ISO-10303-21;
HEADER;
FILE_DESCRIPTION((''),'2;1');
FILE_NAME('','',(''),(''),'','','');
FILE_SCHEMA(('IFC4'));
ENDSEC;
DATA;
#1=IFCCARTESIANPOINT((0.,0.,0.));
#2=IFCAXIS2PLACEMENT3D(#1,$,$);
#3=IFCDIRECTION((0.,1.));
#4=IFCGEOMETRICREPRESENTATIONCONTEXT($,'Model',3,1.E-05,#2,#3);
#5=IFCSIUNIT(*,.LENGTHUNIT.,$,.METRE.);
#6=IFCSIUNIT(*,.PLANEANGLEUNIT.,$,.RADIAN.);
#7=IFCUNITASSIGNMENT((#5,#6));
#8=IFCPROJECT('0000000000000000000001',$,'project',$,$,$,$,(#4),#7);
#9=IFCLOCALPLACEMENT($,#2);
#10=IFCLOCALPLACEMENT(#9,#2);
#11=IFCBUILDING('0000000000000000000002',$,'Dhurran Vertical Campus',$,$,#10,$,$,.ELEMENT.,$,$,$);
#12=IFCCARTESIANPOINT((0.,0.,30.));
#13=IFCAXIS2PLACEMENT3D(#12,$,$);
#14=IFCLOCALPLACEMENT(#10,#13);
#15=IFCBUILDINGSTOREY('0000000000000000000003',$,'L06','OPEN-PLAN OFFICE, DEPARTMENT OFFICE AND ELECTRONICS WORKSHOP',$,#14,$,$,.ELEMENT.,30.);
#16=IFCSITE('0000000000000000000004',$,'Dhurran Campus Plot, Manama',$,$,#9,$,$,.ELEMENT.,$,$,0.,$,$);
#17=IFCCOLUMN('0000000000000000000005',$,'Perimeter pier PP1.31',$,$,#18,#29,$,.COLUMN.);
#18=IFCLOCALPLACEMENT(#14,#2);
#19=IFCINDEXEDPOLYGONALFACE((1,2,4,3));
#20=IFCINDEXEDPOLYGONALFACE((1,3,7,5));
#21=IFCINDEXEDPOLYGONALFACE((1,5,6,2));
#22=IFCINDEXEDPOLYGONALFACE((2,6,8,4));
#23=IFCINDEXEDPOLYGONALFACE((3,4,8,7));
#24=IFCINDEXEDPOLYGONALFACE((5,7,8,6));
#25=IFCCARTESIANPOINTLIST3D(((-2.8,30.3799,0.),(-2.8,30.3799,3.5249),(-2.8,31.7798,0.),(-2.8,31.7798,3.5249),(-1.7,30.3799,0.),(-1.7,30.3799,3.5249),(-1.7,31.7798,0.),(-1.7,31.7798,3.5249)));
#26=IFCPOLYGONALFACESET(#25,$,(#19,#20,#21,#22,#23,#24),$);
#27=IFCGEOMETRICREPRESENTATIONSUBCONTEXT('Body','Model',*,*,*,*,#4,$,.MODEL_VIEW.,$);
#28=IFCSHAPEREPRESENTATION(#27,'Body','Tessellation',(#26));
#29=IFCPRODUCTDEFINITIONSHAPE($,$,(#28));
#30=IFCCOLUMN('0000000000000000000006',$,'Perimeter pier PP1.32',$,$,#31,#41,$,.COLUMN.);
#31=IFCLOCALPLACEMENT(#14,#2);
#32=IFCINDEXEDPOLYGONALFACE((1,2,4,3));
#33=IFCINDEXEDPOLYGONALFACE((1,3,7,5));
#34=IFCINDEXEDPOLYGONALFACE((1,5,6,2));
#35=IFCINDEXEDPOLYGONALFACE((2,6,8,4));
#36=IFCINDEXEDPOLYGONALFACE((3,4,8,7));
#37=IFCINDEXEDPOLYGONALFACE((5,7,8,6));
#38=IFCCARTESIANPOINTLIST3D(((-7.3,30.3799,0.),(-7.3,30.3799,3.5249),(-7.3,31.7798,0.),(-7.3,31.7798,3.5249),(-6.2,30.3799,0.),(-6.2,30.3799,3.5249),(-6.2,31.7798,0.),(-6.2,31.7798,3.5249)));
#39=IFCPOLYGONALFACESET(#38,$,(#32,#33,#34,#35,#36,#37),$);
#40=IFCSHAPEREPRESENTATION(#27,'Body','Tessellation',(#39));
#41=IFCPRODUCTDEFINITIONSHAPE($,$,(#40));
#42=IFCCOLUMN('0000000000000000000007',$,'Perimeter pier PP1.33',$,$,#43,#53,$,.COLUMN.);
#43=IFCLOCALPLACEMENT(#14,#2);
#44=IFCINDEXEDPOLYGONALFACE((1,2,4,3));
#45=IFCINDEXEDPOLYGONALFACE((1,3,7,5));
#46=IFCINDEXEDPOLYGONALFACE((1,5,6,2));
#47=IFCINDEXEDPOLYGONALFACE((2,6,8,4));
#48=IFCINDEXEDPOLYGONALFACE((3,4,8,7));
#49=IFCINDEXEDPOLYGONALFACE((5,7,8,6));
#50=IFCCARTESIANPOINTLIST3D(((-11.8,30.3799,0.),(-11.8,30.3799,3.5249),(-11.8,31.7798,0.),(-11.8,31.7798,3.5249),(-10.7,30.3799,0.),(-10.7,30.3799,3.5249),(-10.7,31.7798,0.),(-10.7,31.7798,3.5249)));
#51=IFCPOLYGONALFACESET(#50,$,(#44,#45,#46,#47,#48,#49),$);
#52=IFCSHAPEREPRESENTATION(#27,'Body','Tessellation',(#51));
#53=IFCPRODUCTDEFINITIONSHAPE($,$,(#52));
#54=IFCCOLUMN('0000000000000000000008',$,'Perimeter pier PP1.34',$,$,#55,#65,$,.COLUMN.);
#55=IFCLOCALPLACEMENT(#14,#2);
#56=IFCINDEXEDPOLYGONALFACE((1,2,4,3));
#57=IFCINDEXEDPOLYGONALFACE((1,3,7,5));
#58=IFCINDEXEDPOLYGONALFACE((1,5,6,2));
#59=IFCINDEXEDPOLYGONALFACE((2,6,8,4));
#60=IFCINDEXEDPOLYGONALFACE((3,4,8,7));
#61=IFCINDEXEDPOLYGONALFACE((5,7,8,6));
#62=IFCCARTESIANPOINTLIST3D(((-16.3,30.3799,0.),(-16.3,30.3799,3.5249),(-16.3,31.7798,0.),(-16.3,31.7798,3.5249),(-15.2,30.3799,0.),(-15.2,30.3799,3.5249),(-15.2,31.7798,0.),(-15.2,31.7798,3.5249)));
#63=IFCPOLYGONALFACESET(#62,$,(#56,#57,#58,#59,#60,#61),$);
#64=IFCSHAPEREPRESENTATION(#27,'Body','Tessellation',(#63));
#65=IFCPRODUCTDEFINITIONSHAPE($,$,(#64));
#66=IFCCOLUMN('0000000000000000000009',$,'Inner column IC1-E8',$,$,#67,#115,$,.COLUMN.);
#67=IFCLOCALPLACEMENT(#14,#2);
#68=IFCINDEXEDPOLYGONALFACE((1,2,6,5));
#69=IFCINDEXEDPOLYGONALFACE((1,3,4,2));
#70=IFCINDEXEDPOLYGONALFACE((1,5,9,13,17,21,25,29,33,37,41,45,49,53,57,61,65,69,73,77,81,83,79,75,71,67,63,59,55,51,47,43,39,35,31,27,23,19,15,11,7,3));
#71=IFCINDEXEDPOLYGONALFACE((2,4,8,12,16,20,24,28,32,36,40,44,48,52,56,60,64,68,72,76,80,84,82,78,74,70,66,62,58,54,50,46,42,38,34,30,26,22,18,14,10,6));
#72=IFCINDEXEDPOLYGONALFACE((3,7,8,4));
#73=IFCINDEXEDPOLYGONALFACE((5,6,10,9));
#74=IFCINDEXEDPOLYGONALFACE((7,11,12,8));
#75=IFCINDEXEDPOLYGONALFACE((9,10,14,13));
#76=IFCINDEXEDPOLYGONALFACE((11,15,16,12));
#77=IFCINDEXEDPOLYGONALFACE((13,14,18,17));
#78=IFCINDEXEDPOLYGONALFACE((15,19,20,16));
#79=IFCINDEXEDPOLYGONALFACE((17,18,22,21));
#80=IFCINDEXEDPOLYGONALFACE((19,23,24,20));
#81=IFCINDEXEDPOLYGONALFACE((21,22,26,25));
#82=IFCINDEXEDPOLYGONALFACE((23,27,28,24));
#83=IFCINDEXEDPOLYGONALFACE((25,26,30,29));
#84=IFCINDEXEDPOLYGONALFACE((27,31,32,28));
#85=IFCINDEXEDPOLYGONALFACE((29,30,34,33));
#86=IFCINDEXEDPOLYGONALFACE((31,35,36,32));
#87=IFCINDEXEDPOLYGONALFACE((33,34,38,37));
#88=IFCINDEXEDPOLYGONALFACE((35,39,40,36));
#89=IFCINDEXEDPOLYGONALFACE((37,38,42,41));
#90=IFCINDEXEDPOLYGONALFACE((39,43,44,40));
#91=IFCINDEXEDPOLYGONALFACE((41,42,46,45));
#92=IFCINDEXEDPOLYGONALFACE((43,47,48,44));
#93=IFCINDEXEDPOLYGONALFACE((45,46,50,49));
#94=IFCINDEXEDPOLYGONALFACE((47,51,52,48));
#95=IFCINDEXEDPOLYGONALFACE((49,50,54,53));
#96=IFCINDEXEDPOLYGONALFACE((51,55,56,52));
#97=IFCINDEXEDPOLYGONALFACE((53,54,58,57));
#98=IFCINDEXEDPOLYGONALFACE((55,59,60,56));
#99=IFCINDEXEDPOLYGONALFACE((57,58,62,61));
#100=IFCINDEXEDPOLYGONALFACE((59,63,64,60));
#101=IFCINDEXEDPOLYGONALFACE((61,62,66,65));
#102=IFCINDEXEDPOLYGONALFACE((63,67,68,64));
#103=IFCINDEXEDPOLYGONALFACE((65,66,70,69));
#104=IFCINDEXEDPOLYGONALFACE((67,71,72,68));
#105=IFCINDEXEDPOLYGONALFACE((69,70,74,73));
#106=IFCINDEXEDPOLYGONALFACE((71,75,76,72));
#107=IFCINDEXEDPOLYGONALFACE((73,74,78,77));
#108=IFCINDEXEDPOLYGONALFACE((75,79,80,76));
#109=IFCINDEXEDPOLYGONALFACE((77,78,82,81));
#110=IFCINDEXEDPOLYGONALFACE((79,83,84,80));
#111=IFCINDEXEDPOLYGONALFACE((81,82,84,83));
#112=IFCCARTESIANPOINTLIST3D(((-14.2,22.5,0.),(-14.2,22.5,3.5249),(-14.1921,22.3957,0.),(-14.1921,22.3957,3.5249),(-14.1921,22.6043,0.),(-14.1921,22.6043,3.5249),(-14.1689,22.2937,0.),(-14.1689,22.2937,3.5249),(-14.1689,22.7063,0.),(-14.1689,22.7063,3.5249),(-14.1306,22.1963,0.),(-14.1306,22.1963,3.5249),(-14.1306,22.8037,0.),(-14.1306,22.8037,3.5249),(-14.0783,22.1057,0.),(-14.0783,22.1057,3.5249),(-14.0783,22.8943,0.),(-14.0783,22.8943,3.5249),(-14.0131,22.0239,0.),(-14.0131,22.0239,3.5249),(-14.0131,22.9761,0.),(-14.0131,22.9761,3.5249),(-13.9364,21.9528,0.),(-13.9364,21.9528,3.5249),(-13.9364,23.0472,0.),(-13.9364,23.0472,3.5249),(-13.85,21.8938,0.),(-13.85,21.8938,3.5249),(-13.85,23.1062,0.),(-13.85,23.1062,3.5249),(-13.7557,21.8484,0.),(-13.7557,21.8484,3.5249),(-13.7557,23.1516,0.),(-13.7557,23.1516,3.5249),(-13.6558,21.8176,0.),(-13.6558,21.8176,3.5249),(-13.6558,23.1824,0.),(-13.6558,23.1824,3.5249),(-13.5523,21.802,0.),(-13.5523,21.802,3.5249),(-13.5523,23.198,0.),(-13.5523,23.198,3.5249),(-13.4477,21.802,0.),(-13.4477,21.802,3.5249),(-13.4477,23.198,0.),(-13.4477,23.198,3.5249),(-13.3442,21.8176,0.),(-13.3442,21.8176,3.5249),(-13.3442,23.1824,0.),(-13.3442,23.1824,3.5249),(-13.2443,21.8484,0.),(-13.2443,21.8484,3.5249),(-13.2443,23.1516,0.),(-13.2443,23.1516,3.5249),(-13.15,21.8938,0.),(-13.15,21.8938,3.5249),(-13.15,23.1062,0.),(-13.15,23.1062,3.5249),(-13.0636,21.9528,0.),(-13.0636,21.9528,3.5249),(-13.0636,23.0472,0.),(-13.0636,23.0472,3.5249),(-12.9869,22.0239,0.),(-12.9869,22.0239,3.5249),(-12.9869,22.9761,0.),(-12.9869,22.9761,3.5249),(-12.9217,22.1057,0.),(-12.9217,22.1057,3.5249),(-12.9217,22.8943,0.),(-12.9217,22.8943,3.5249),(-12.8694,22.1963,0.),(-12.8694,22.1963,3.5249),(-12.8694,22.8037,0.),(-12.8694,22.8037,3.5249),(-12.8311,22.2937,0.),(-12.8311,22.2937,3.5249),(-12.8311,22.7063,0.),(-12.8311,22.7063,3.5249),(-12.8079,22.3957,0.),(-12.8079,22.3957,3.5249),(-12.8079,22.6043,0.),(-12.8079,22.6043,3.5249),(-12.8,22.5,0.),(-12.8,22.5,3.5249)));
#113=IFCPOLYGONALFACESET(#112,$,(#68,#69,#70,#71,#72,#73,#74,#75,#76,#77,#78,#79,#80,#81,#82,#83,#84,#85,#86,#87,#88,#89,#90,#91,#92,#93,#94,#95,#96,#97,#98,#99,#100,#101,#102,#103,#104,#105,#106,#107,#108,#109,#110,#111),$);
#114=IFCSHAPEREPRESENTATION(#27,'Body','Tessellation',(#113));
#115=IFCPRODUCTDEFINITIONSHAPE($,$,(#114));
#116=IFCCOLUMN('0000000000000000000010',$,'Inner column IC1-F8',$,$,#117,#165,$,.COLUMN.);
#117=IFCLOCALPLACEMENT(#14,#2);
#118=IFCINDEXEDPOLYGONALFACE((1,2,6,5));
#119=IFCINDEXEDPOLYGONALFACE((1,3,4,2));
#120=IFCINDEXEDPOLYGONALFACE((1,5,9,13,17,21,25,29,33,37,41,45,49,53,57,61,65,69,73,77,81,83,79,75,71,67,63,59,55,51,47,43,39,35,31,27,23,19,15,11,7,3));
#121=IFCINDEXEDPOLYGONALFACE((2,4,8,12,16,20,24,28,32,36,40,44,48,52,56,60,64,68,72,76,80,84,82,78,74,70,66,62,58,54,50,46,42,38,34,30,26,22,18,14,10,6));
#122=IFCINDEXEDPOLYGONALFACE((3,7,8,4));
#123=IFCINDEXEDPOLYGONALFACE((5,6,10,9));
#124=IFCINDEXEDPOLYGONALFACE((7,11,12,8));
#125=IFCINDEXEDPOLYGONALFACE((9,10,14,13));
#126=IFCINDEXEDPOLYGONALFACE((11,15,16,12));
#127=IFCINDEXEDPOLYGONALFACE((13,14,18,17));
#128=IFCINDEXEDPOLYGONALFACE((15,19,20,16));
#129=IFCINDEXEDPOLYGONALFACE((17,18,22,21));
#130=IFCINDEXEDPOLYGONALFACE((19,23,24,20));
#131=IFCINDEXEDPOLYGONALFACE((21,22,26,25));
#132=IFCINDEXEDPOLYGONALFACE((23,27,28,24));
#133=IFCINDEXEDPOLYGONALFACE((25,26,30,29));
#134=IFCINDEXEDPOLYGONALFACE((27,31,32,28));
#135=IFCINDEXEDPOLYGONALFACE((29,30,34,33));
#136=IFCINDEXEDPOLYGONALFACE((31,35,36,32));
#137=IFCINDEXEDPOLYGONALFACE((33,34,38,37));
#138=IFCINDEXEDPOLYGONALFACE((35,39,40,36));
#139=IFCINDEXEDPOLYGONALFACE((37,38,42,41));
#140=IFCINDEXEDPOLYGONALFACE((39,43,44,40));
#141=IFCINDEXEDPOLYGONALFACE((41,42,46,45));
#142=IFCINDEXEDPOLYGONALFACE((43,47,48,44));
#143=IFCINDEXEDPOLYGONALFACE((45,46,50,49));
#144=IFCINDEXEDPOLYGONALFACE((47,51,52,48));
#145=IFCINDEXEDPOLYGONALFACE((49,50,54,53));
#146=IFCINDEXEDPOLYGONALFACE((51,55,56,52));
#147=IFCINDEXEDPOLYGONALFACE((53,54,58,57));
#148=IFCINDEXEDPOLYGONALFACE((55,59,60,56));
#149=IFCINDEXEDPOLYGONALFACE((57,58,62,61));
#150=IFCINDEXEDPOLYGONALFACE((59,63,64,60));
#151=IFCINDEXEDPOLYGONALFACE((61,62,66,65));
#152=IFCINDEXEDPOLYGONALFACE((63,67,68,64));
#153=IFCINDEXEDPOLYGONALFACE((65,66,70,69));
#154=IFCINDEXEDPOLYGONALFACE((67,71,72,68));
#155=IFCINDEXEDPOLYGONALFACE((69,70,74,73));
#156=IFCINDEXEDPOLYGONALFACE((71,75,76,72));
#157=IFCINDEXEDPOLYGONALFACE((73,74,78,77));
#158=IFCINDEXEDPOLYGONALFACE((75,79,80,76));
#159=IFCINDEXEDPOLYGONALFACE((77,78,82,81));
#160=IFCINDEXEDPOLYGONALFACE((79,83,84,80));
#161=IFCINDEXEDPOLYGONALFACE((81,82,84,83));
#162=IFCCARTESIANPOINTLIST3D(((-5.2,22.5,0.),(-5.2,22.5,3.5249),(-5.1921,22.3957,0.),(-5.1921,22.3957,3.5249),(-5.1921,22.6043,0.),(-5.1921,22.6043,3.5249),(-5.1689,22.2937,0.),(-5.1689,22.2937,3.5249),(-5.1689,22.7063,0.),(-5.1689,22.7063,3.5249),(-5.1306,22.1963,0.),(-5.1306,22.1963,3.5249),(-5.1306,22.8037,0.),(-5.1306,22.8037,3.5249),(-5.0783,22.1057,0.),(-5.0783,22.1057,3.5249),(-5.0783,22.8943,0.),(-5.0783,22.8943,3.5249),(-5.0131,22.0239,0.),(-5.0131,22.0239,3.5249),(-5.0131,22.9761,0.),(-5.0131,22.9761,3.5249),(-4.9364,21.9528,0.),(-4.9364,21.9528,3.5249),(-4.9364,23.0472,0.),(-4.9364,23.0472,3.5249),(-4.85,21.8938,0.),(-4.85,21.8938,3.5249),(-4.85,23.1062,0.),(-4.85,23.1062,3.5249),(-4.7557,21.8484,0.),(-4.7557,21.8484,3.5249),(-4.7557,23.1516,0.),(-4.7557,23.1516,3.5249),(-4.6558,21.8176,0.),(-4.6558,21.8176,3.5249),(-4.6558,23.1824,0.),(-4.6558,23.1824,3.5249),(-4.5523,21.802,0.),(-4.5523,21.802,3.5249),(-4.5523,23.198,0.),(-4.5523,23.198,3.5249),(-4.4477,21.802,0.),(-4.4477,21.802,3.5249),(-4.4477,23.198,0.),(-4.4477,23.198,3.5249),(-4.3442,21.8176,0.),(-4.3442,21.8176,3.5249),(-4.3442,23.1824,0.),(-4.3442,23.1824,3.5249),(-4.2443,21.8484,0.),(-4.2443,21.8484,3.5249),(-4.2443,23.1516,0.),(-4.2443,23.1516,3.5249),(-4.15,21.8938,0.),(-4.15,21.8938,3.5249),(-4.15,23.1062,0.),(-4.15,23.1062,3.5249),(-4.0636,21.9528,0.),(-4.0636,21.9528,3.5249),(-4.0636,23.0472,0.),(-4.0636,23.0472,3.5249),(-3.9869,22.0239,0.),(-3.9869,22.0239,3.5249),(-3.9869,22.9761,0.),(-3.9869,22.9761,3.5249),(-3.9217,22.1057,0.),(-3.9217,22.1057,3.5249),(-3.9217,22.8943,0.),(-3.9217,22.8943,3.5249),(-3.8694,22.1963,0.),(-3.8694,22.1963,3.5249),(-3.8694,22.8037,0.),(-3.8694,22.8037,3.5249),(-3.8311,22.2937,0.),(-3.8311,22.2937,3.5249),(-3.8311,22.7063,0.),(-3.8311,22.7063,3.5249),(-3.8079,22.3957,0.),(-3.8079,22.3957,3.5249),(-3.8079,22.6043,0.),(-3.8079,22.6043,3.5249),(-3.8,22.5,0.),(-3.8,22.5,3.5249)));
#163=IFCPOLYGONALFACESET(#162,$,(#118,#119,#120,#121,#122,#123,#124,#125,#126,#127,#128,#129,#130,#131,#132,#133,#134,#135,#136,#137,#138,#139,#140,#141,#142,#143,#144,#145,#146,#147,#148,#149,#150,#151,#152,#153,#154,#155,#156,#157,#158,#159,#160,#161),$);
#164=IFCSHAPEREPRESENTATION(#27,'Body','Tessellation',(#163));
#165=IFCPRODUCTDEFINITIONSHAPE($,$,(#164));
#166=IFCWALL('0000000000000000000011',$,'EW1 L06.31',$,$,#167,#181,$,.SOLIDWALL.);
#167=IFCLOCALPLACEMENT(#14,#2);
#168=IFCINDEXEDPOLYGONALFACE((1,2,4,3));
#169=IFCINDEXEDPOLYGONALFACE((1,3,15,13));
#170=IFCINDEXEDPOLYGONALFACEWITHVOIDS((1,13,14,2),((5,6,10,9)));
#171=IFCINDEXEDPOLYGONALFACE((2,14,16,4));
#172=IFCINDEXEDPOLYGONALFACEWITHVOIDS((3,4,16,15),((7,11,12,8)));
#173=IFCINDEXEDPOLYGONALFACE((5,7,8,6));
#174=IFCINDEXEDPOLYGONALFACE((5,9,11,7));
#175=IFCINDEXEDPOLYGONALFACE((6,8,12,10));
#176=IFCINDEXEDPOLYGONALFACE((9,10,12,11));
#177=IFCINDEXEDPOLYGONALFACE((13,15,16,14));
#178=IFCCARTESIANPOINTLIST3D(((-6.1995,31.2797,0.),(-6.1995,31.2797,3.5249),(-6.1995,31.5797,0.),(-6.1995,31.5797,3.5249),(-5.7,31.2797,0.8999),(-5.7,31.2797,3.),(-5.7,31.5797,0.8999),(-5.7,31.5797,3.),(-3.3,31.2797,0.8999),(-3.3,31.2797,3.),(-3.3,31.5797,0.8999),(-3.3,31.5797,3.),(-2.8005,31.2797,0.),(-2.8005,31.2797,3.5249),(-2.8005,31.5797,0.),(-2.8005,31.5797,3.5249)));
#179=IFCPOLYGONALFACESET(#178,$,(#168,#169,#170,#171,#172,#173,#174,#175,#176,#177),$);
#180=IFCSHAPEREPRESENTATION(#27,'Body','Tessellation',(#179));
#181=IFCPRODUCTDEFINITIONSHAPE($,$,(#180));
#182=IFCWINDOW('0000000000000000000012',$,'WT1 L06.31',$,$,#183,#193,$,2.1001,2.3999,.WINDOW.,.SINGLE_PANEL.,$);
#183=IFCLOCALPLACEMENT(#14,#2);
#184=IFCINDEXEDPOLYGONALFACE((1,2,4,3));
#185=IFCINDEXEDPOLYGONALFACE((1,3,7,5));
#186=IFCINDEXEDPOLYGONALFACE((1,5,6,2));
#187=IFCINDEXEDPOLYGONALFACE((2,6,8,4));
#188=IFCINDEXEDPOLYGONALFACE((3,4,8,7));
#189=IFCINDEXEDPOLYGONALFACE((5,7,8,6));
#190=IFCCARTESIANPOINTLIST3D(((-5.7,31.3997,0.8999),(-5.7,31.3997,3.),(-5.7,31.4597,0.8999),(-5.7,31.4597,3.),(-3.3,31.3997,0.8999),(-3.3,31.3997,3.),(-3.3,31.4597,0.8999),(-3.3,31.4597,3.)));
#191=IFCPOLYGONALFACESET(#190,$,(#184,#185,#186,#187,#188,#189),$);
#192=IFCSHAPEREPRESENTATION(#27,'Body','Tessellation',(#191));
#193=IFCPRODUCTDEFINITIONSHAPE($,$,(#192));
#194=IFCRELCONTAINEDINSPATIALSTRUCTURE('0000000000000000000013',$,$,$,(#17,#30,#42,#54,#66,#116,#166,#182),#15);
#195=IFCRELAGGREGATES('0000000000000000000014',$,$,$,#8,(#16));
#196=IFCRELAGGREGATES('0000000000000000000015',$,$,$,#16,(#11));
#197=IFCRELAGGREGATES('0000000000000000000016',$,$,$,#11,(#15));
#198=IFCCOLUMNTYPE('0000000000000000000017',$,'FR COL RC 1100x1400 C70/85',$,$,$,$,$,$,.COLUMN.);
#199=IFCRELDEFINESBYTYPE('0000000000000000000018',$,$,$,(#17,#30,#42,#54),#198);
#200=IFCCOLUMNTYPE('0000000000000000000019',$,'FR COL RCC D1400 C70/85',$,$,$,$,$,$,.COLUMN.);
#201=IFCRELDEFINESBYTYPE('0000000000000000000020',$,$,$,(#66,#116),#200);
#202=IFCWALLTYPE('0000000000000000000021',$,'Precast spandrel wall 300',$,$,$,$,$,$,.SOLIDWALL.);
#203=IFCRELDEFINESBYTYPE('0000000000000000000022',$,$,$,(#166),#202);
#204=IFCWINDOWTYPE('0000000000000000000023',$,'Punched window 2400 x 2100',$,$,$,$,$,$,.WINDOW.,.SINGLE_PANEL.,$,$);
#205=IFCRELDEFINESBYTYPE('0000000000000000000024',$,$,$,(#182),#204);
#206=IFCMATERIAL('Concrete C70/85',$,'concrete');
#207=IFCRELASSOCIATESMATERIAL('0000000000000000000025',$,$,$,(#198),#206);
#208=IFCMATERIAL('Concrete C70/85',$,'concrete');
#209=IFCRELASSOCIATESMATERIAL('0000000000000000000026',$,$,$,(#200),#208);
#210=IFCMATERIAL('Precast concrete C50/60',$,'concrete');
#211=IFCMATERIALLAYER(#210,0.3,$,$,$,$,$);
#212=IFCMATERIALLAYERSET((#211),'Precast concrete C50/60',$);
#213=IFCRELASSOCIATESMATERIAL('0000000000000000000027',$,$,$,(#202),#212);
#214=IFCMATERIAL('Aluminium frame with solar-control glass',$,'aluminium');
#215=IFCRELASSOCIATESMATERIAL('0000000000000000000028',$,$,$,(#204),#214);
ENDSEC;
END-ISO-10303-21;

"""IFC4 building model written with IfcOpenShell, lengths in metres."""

from ifc_helpers import new_model, si_unit, direction, frame, frame_2d, origin, origin_2d, place, context, subcontext, project, spatial, rectangle, circle, extrude, material, layer, layer_set, material_profile, profile_set, type_object, element, fill, save


model = new_model("IFC4")

# Units and contexts
model_context = context("Model", 3, precision=1e-05, world=origin(), true_north=direction((0.0, 1.0)))
body_context = subcontext(model_context, "Body", "Model", "MODEL_VIEW")
ifc_project = project(units=[si_unit("LENGTHUNIT", "METRE"), si_unit("PLANEANGLEUNIT", "RADIAN")], contexts=[model_context])

# Site, building, storey
site_placement = place(None, origin())
site = spatial("IfcSite", under=ifc_project, at=site_placement, Name="Dhurran Campus Plot, Manama", CompositionType="ELEMENT", RefElevation=0.0)
building_placement = place(site_placement, origin())
building = spatial("IfcBuilding", under=site, at=building_placement, Name="Dhurran Vertical Campus", CompositionType="ELEMENT")
storey_placement = place(building_placement, frame((0.0, 0.0, 30.0)))
storey = spatial("IfcBuildingStorey", under=building, at=storey_placement, Name="L06", Description="OPEN-PLAN OFFICE, DEPARTMENT OFFICE AND ELECTRONICS WORKSHOP", CompositionType="ELEMENT", Elevation=30.0)

# Columns
ifc_material_1 = material(Name="Concrete C70/85", Category="concrete")
ifc_material_profile_1 = material_profile(ifc_material_1, rectangle(XDim=1.1001, YDim=1.3999, at=origin_2d()), Name="RC 1100x1400")
ifc_profile_set_1 = profile_set([ifc_material_profile_1], Name="Concrete C70/85")
column_type_1 = type_object("IfcColumnType", Name="FR COL RC 1100x1400 C70/85", PredefinedType="COLUMN", material=ifc_profile_set_1)
for number, where, z_axis, x_axis, name in (
    (1, (-2.25, 31.0798, 0.0), (0.0, 0.0, 1.0), (-1.0, 0.0, 0.0), "Perimeter pier PP1.31"),
    (2, (-6.75, 31.0798, 0.0), (0.0, 0.0, 1.0), (-1.0, 0.0, 0.0), "Perimeter pier PP1.32"),
    (3, (-11.25, 31.0798, 0.0), (0.0, 0.0, 1.0), (-1.0, 0.0, 0.0), "Perimeter pier PP1.33"),
    (4, (-15.75, 31.0798, 0.0), (0.0, 0.0, 1.0), (-1.0, 0.0, 0.0), "Perimeter pier PP1.34"),
):
    element("IfcColumn", number, at=place(storey_placement, frame(where, z_axis=z_axis, x_axis=x_axis)), inside=storey, type_object=column_type_1, Name=name, PredefinedType="COLUMN", context=body_context, shape_type="SweptSolid", body=[
        extrude(rectangle(XDim=1.1001, YDim=1.3999, at=origin_2d()), origin(), (0.0, 0.0, 1.0), 3.5249),
    ])
ifc_material_2 = material(Name="Concrete C70/85", Category="concrete")
ifc_material_profile_2 = material_profile(ifc_material_2, circle(Radius=0.7, at=origin_2d()), Name="RCC D1400")
ifc_profile_set_2 = profile_set([ifc_material_profile_2], Name="Concrete C70/85")
column_type_2 = type_object("IfcColumnType", Name="FR COL RCC D1400 C70/85", PredefinedType="COLUMN", material=ifc_profile_set_2)
for number, where, z_axis, x_axis, name in (
    (5, (-13.5, 22.5, 0.0), (0.0, 0.0, 1.0), (1.0, 0.0, 0.0), "Inner column IC1-E8"),
    (6, (-4.5, 22.5, 0.0), (0.0, 0.0, 1.0), (1.0, 0.0, 0.0), "Inner column IC1-F8"),
):
    element("IfcColumn", number, at=place(storey_placement, frame(where, z_axis=z_axis, x_axis=x_axis)), inside=storey, type_object=column_type_2, Name=name, PredefinedType="COLUMN", context=body_context, shape_type="SweptSolid", body=[
        extrude(circle(Radius=0.7, at=origin_2d()), origin(), (0.0, 0.0, 1.0), 3.5249),
    ])

# Wall, opening, window
ifc_material_3 = material(Name="Precast concrete C50/60", Category="concrete")
ifc_layer_1 = layer(ifc_material_3, 0.3)
ifc_layer_set_1 = layer_set([ifc_layer_1], Name="Precast concrete C50/60")
wall_type_1 = type_object("IfcWallType", Name="Precast spandrel wall 300", PredefinedType="SOLIDWALL", material=ifc_layer_set_1)
wall_1_placement = place(storey_placement, frame((-2.8005, 31.4297, 0.0), z_axis=(0.0, 0.0, 1.0), x_axis=(-1.0, 0.0, 0.0)))
wall_1 = element("IfcWall", 7, at=wall_1_placement, inside=storey, type_object=wall_type_1, Name="EW1 L06.31", PredefinedType="SOLIDWALL", context=body_context, shape_type="SweptSolid", body=[
    extrude(rectangle(XDim=3.3989, YDim=0.3, at=frame_2d((1.6995, 0.0))), origin(), (0.0, 0.0, 1.0), 3.5249),
])
opening_1_placement = place(wall_1_placement, frame((0.4995, 0.0, 0.8999)))
opening_1 = element("IfcOpeningElement", 8, at=opening_1_placement, cuts=wall_1, PredefinedType="OPENING", context=body_context, shape_type="SweptSolid", body=[
    extrude(rectangle(XDim=2.3999, YDim=2.1001, at=frame_2d((1.2, 1.05))), frame((0.0, 0.1599, 0.0), z_axis=(0.0, -1.0, 0.0), x_axis=(1.0, 0.0, 0.0)), (0.0, 0.0, 1.0), 0.3201),
])
ifc_material_4 = material(Name="Aluminium frame with solar-control glass", Category="aluminium")
window_type = type_object("IfcWindowType", Name="Punched window 2400 x 2100", PartitioningType="SINGLE_PANEL", PredefinedType="WINDOW", material=ifc_material_4)
window_1_placement = place(opening_1_placement, origin())
window_1 = element("IfcWindow", 9, at=window_1_placement, inside=storey, type_object=window_type, Name="WT1 L06.31", OverallHeight=2.1001, OverallWidth=2.3999, PartitioningType="SINGLE_PANEL", PredefinedType="WINDOW", context=body_context, shape_type="SweptSolid", body=[
    extrude(rectangle(XDim=2.3999, YDim=2.1001, at=frame_2d((1.2, 1.05))), frame((0.0, 0.03, 0.0), z_axis=(0.0, -1.0, 0.0), x_axis=(1.0, 0.0, 0.0)), (0.0, 0.0, 1.0), 0.0601),
])
fill(opening_1, window_1)

save(model, "model.ifc")
